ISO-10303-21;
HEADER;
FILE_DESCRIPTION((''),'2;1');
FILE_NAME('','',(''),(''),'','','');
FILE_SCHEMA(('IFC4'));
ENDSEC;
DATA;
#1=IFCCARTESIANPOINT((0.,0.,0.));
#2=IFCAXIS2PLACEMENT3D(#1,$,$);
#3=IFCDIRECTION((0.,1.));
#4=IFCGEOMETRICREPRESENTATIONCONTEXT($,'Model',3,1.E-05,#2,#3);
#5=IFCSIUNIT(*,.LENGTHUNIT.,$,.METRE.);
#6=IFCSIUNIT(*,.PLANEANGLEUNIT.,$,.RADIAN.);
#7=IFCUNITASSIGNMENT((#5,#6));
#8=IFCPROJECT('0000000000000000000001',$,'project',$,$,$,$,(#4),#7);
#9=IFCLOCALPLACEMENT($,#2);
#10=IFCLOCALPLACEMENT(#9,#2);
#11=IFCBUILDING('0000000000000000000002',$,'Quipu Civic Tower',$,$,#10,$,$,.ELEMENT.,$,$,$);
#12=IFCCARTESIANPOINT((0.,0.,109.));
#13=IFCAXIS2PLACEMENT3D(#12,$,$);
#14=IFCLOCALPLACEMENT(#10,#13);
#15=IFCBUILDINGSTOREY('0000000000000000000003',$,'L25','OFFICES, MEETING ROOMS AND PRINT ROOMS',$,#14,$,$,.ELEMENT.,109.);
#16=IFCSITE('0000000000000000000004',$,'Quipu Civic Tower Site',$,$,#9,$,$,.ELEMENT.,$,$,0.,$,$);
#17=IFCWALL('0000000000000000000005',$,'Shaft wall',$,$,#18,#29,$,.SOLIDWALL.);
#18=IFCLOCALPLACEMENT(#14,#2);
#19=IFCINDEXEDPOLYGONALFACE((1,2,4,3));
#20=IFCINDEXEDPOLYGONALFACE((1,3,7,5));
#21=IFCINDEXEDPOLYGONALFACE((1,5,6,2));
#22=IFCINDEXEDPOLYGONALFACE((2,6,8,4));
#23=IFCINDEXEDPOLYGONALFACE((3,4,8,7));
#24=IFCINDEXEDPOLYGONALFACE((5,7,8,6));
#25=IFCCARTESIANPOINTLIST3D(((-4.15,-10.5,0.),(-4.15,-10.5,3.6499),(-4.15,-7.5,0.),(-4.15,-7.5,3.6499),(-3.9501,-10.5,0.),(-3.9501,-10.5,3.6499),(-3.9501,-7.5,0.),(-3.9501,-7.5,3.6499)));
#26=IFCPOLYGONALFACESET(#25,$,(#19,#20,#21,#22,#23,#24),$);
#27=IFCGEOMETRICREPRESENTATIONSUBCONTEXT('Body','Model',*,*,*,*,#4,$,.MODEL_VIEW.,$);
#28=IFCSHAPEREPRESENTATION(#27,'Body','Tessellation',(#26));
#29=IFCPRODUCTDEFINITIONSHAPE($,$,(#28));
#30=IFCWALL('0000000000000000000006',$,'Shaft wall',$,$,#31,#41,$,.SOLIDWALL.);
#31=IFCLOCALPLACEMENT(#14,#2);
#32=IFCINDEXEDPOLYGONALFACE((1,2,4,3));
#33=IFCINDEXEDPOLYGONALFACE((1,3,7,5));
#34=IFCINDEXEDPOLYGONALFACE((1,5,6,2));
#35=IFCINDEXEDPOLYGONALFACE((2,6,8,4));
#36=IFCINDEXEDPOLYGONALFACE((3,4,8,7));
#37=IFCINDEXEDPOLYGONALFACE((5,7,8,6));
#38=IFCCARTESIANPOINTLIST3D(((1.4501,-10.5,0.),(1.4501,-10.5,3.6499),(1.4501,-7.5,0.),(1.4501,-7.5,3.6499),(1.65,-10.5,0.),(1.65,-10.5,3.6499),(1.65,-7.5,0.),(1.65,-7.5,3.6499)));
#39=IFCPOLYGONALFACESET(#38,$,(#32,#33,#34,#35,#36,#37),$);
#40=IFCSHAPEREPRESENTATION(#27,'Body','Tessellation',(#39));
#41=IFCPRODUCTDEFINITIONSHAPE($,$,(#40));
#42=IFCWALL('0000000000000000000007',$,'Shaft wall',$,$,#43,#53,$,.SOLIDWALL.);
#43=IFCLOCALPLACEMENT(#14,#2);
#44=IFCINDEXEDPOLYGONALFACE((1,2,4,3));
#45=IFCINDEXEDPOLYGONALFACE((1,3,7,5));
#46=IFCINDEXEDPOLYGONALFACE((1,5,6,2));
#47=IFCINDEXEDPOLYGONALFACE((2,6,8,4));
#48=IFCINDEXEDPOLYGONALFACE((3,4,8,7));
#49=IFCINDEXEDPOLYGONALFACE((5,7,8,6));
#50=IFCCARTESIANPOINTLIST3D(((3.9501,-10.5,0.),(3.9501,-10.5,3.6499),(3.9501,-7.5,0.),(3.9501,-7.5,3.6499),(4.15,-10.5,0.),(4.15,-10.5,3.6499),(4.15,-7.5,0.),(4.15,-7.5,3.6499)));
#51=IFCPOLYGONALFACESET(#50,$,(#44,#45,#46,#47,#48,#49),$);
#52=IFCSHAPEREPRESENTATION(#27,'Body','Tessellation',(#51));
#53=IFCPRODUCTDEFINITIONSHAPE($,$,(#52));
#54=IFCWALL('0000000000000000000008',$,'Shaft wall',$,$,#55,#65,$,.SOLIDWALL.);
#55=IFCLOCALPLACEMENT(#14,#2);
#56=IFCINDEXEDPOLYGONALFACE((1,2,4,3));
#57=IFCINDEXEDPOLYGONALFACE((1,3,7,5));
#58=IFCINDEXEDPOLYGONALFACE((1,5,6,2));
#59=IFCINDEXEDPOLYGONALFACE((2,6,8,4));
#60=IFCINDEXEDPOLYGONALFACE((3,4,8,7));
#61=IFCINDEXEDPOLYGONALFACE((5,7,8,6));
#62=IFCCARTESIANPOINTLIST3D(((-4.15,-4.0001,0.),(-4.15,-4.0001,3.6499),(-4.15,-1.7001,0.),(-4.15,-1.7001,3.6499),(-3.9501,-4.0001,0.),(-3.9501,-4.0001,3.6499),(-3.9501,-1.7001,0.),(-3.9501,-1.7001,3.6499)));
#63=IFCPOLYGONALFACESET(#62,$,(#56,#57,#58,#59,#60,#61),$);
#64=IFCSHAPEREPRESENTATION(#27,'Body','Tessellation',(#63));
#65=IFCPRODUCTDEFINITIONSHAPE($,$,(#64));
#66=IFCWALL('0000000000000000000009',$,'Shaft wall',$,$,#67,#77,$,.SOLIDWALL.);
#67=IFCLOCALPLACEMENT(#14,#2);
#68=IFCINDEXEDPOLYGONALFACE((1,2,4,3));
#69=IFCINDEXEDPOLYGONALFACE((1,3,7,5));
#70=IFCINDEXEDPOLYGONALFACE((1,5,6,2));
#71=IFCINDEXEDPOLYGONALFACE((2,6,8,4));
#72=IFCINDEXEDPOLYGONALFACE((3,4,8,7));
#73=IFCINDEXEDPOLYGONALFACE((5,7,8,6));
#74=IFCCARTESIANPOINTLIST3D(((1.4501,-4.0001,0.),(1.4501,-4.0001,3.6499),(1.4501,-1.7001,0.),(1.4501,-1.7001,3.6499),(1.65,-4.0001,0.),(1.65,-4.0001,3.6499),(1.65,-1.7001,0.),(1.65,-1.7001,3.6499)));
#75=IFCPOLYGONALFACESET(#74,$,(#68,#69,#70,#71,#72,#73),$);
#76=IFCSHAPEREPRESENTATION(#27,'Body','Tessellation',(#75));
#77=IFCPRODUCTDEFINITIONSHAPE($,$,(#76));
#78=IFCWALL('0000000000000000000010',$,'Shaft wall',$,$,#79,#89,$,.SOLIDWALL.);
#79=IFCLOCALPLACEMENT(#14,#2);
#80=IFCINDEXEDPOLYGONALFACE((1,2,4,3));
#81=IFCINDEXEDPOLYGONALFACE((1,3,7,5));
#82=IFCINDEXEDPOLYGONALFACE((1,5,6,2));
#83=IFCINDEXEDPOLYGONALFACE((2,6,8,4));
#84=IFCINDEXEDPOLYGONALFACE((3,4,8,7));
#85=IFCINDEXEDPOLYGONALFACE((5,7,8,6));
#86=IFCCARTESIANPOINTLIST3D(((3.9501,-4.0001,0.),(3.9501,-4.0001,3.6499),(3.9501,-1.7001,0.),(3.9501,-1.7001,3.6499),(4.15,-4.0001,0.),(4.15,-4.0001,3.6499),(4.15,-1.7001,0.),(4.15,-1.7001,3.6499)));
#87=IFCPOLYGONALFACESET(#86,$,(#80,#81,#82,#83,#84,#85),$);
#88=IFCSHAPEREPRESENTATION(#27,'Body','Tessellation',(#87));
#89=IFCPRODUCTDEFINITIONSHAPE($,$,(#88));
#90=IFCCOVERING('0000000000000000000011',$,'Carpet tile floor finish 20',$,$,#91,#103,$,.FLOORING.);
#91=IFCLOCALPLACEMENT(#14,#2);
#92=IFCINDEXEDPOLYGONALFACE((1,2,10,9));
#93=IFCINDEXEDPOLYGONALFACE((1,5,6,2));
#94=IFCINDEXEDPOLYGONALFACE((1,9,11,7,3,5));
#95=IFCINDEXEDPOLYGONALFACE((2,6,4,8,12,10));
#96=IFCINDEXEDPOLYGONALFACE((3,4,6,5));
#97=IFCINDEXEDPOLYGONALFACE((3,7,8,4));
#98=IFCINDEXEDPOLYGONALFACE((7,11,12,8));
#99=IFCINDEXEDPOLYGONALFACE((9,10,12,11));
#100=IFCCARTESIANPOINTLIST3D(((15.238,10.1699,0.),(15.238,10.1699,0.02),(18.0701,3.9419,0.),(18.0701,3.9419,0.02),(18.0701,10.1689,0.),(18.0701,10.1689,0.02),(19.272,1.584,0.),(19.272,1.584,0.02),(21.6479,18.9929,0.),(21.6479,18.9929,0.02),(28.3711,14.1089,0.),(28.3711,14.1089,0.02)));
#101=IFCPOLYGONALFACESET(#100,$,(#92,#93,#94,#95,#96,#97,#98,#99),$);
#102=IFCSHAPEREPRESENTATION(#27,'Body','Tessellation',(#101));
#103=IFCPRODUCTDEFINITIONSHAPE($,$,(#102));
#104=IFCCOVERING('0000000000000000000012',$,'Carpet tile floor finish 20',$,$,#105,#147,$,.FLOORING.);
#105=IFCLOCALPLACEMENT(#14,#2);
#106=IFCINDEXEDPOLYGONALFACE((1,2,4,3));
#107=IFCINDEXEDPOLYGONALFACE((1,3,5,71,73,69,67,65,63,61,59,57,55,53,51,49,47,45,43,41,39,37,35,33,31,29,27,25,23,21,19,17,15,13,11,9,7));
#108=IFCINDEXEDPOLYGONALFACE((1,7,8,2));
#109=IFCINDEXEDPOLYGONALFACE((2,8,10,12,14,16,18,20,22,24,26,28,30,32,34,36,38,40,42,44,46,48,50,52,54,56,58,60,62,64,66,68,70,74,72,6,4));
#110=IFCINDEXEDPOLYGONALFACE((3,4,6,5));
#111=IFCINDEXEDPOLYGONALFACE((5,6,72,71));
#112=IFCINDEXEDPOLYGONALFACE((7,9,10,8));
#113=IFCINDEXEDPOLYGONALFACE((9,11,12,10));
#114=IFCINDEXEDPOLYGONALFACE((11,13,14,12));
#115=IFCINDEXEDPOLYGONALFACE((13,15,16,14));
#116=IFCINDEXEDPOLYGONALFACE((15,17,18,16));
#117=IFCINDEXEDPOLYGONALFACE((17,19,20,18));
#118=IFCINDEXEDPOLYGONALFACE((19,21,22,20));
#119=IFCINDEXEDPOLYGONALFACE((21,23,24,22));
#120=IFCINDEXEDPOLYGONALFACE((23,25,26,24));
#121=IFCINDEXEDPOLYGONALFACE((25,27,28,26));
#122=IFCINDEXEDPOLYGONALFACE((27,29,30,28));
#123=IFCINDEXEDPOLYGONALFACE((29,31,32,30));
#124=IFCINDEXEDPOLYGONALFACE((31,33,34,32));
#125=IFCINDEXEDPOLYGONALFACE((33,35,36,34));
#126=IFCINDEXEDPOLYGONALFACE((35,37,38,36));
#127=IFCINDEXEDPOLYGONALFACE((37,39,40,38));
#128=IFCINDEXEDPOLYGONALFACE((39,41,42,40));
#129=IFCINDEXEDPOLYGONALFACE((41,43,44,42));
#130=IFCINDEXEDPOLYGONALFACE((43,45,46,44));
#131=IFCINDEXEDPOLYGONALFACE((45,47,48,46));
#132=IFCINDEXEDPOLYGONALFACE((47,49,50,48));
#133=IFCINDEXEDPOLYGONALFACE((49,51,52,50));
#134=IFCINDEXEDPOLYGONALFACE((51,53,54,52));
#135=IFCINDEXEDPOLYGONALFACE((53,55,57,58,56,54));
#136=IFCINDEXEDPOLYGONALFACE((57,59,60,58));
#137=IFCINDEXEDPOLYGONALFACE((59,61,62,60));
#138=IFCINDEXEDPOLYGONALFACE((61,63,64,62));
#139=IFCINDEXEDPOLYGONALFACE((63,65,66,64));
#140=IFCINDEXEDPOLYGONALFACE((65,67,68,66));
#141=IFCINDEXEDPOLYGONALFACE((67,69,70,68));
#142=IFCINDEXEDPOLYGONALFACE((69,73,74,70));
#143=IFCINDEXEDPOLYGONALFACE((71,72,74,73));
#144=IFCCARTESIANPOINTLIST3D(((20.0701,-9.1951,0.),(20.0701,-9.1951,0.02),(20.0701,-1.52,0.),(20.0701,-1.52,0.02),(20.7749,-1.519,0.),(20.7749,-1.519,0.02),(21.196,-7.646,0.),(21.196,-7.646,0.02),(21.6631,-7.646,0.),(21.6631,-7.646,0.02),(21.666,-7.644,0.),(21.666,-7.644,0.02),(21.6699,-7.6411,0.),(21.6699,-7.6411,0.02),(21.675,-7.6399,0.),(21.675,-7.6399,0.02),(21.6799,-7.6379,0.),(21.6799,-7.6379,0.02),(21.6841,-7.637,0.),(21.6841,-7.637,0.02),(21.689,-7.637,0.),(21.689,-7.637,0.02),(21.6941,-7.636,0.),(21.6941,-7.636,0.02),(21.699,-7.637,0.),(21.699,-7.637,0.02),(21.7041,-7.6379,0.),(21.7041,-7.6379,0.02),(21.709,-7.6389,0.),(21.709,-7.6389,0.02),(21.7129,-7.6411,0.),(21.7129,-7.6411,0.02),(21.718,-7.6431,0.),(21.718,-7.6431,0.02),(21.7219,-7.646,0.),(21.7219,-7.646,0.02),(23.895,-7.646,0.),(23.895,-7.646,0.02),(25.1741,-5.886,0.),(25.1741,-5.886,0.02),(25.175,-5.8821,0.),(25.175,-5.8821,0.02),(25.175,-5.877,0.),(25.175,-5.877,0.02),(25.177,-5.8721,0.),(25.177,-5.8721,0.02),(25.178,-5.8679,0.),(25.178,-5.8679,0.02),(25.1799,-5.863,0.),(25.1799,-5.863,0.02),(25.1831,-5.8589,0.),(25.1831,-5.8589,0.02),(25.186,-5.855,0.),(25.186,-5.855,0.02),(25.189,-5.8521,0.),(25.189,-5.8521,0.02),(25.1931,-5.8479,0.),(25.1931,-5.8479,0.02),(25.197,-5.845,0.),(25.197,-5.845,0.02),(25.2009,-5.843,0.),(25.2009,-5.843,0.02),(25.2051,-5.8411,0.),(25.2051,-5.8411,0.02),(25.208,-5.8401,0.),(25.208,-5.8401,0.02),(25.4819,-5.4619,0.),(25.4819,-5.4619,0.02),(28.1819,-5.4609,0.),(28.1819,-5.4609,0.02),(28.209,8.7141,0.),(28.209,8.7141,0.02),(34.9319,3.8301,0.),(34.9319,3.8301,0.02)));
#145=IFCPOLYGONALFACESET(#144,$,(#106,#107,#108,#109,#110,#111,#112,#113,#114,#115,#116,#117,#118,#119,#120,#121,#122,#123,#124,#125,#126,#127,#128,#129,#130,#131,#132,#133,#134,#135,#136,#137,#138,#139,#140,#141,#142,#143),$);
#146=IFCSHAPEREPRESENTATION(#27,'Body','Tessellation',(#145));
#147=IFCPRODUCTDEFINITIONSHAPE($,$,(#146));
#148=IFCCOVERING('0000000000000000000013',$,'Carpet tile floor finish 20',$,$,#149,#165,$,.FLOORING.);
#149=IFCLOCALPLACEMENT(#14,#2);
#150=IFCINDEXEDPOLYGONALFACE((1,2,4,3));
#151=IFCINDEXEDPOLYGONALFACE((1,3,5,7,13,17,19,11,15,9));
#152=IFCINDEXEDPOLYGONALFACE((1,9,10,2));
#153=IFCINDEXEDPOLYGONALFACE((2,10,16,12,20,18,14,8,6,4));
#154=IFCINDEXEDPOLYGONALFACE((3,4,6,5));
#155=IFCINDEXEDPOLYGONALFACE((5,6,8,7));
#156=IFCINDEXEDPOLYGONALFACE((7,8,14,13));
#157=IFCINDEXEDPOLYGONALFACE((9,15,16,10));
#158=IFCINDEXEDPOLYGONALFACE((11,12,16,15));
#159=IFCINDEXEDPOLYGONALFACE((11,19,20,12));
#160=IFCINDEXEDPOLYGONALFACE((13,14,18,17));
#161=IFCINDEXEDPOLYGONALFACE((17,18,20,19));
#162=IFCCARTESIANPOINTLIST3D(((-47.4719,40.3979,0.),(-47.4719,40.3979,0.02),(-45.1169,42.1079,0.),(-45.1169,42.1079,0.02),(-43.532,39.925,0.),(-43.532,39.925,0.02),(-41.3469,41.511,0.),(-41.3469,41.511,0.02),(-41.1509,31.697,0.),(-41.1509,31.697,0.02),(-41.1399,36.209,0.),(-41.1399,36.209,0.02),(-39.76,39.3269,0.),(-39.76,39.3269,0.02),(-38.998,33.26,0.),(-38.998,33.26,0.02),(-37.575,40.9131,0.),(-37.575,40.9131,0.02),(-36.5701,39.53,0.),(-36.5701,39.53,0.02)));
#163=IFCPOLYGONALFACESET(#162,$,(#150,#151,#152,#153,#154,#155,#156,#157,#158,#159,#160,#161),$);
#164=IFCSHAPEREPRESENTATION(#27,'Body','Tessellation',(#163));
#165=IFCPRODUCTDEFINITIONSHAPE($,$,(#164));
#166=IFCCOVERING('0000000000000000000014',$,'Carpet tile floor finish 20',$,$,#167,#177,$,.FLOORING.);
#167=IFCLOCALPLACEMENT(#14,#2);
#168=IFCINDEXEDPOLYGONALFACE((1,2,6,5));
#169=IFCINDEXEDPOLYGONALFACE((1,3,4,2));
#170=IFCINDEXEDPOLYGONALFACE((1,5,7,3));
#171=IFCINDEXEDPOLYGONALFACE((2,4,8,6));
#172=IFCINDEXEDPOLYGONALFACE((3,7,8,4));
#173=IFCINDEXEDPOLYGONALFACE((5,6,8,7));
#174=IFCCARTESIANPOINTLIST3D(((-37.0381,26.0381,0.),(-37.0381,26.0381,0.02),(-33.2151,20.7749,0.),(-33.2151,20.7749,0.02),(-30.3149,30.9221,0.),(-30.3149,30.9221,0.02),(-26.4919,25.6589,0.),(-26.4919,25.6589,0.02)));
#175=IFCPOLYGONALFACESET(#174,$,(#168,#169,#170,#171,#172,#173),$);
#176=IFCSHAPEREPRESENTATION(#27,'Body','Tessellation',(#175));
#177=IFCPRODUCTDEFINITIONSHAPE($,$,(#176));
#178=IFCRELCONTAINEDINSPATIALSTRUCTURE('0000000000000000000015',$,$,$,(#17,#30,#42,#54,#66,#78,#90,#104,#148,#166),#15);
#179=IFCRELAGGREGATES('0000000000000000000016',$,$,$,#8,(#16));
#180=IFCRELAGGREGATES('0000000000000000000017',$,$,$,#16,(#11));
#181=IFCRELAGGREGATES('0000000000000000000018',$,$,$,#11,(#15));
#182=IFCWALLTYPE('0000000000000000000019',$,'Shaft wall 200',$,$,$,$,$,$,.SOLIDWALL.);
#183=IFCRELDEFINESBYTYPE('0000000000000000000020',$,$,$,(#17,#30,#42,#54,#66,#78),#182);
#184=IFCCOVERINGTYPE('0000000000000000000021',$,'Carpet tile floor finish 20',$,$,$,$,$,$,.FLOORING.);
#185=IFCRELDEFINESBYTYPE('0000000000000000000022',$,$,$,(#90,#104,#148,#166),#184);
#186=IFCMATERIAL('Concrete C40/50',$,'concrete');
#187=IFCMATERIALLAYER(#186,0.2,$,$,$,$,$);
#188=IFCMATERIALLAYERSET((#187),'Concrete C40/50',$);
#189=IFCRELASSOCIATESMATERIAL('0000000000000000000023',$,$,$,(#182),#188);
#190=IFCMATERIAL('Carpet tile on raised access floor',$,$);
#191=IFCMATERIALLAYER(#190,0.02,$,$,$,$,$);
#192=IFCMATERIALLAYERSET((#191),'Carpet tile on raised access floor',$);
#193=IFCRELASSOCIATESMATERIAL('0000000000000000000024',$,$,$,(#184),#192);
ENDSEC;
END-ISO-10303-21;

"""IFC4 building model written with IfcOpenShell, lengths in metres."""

from ifc_helpers import new_model, si_unit, direction, frame, frame_2d, origin, place, context, subcontext, project, spatial, polyline, rectangle, outline, extrude, material, layer, layer_set, type_object, element, save


model = new_model("IFC4")

# Units and contexts
model_context = context("Model", 3, precision=1e-05, world=origin(), true_north=direction((0.0, 1.0)))
body_context = subcontext(model_context, "Body", "Model", "MODEL_VIEW")
ifc_project = project(units=[si_unit("LENGTHUNIT", "METRE"), si_unit("PLANEANGLEUNIT", "RADIAN")], contexts=[model_context])

# Site, building, storey
site_placement = place(None, origin())
site = spatial("IfcSite", under=ifc_project, at=site_placement, Name="Quipu Civic Tower Site", CompositionType="ELEMENT", RefElevation=0.0)
building_placement = place(site_placement, origin())
building = spatial("IfcBuilding", under=site, at=building_placement, Name="Quipu Civic Tower", CompositionType="ELEMENT")
storey_placement = place(building_placement, frame((0.0, 0.0, 109.0)))
storey = spatial("IfcBuildingStorey", under=building, at=storey_placement, Name="L25", Description="OFFICES, MEETING ROOMS AND PRINT ROOMS", CompositionType="ELEMENT", Elevation=109.0)

# Walls
ifc_material_1 = material(Name="Concrete C40/50", Category="concrete")
ifc_layer_1 = layer(ifc_material_1, 0.2)
ifc_layer_set_1 = layer_set([ifc_layer_1], Name="Concrete C40/50")
wall_type_1 = type_object("IfcWallType", Name="Shaft wall 200", PredefinedType="SOLIDWALL", material=ifc_layer_set_1)
for number, where, z_axis, x_axis, name in (
    (1, (-4.05, -10.5, 0.0), (0.0, 0.0, 1.0), (0.0, 1.0, 0.0), "Shaft wall"),
    (2, (1.55, -10.5, 0.0), (0.0, 0.0, 1.0), (0.0, 1.0, 0.0), "Shaft wall"),
    (3, (4.05, -10.5, 0.0), (0.0, 0.0, 1.0), (0.0, 1.0, 0.0), "Shaft wall"),
):
    element("IfcWall", number, at=place(storey_placement, frame(where, z_axis=z_axis, x_axis=x_axis)), inside=storey, type_object=wall_type_1, Name=name, PredefinedType="SOLIDWALL", context=body_context, shape_type="SweptSolid", body=[
        extrude(rectangle(XDim=3.0, YDim=0.2, at=frame_2d((1.5, 0.0))), origin(), (0.0, 0.0, 1.0), 3.6499),
    ])
for number, where, z_axis, x_axis, name in (
    (4, (-4.05, -4.0, 0.0), (0.0, 0.0, 1.0), (0.0, 1.0, 0.0), "Shaft wall"),
    (5, (1.55, -4.0, 0.0), (0.0, 0.0, 1.0), (0.0, 1.0, 0.0), "Shaft wall"),
    (6, (4.05, -4.0, 0.0), (0.0, 0.0, 1.0), (0.0, 1.0, 0.0), "Shaft wall"),
):
    element("IfcWall", number, at=place(storey_placement, frame(where, z_axis=z_axis, x_axis=x_axis)), inside=storey, type_object=wall_type_1, Name=name, PredefinedType="SOLIDWALL", context=body_context, shape_type="SweptSolid", body=[
        extrude(rectangle(XDim=2.3, YDim=0.2, at=frame_2d((1.1499, 0.0))), origin(), (0.0, 0.0, 1.0), 3.6499),
    ])

# Coverings
ifc_material_2 = material(Name="Carpet tile on raised access floor")
ifc_layer_2 = layer(ifc_material_2, 0.02)
ifc_layer_set_2 = layer_set([ifc_layer_2], Name="Carpet tile on raised access floor")
covering_type_1 = type_object("IfcCoveringType", Name="Carpet tile floor finish 20", PredefinedType="FLOORING", material=ifc_layer_set_2)
covering_1_placement = place(storey_placement, origin())
element("IfcCovering", 7, at=covering_1_placement, inside=storey, type_object=covering_type_1, Name="Carpet tile floor finish 20", PredefinedType="FLOORING", context=body_context, shape_type="SweptSolid", body=[
    extrude(outline(polyline([(15.238, 10.1699), (21.6479, 18.9929), (28.3711, 14.1089), (19.272, 1.584), (18.0701, 3.9419), (18.0701, 10.1689), (15.238, 10.1699)])), origin(), (0.0, 0.0, 1.0), 0.02),
])
covering_2_placement = place(storey_placement, origin())
element("IfcCovering", 8, at=covering_2_placement, inside=storey, type_object=covering_type_1, Name="Carpet tile floor finish 20", PredefinedType="FLOORING", context=body_context, shape_type="SweptSolid", body=[
    extrude(outline(polyline([(20.0701, -9.1951), (20.0701, -1.52), (20.7749, -1.519), (28.209, 8.7141), (34.9319, 3.8301), (28.1819, -5.4609), (25.4819, -5.4619), (25.208, -5.8401), (25.2051, -5.8411), (25.2009, -5.843), (25.197, -5.845), (25.1931, -5.8479), (25.189, -5.8521), (25.186, -5.855), (25.1831, -5.8589), (25.1799, -5.863), (25.178, -5.8679), (25.177, -5.8721), (25.175, -5.877), (25.175, -5.8821), (25.1741, -5.886), (23.895, -7.646), (21.7219, -7.646), (21.7219, -7.646), (21.718, -7.6431), (21.7129, -7.6411), (21.709, -7.6389), (21.7041, -7.6379), (21.699, -7.637), (21.6941, -7.636), (21.689, -7.637), (21.6841, -7.637), (21.6799, -7.6379), (21.675, -7.6399), (21.6699, -7.6411), (21.666, -7.644), (21.6631, -7.646), (21.196, -7.646), (20.0701, -9.1951)])), origin(), (0.0, 0.0, 1.0), 0.02),
])
covering_3_placement = place(storey_placement, origin())
element("IfcCovering", 9, at=covering_3_placement, inside=storey, type_object=covering_type_1, Name="Carpet tile floor finish 20", PredefinedType="FLOORING", context=body_context, shape_type="SweptSolid", body=[
    extrude(outline(polyline([(-47.4719, 40.3979), (-45.1169, 42.1079), (-43.532, 39.925), (-41.3469, 41.511), (-39.76, 39.3269), (-37.575, 40.9131), (-36.5701, 39.53), (-41.1399, 36.209), (-38.998, 33.26), (-41.1509, 31.697), (-47.4719, 40.3979)])), origin(), (0.0, 0.0, 1.0), 0.02),
])
covering_4_placement = place(storey_placement, origin())
element("IfcCovering", 10, at=covering_4_placement, inside=storey, type_object=covering_type_1, Name="Carpet tile floor finish 20", PredefinedType="FLOORING", context=body_context, shape_type="SweptSolid", body=[
    extrude(outline(polyline([(-37.0381, 26.0381), (-30.3149, 30.9221), (-26.4919, 25.6589), (-33.2151, 20.7749), (-37.0381, 26.0381)])), origin(), (0.0, 0.0, 1.0), 0.02),
])

save(model, "model.ifc")
